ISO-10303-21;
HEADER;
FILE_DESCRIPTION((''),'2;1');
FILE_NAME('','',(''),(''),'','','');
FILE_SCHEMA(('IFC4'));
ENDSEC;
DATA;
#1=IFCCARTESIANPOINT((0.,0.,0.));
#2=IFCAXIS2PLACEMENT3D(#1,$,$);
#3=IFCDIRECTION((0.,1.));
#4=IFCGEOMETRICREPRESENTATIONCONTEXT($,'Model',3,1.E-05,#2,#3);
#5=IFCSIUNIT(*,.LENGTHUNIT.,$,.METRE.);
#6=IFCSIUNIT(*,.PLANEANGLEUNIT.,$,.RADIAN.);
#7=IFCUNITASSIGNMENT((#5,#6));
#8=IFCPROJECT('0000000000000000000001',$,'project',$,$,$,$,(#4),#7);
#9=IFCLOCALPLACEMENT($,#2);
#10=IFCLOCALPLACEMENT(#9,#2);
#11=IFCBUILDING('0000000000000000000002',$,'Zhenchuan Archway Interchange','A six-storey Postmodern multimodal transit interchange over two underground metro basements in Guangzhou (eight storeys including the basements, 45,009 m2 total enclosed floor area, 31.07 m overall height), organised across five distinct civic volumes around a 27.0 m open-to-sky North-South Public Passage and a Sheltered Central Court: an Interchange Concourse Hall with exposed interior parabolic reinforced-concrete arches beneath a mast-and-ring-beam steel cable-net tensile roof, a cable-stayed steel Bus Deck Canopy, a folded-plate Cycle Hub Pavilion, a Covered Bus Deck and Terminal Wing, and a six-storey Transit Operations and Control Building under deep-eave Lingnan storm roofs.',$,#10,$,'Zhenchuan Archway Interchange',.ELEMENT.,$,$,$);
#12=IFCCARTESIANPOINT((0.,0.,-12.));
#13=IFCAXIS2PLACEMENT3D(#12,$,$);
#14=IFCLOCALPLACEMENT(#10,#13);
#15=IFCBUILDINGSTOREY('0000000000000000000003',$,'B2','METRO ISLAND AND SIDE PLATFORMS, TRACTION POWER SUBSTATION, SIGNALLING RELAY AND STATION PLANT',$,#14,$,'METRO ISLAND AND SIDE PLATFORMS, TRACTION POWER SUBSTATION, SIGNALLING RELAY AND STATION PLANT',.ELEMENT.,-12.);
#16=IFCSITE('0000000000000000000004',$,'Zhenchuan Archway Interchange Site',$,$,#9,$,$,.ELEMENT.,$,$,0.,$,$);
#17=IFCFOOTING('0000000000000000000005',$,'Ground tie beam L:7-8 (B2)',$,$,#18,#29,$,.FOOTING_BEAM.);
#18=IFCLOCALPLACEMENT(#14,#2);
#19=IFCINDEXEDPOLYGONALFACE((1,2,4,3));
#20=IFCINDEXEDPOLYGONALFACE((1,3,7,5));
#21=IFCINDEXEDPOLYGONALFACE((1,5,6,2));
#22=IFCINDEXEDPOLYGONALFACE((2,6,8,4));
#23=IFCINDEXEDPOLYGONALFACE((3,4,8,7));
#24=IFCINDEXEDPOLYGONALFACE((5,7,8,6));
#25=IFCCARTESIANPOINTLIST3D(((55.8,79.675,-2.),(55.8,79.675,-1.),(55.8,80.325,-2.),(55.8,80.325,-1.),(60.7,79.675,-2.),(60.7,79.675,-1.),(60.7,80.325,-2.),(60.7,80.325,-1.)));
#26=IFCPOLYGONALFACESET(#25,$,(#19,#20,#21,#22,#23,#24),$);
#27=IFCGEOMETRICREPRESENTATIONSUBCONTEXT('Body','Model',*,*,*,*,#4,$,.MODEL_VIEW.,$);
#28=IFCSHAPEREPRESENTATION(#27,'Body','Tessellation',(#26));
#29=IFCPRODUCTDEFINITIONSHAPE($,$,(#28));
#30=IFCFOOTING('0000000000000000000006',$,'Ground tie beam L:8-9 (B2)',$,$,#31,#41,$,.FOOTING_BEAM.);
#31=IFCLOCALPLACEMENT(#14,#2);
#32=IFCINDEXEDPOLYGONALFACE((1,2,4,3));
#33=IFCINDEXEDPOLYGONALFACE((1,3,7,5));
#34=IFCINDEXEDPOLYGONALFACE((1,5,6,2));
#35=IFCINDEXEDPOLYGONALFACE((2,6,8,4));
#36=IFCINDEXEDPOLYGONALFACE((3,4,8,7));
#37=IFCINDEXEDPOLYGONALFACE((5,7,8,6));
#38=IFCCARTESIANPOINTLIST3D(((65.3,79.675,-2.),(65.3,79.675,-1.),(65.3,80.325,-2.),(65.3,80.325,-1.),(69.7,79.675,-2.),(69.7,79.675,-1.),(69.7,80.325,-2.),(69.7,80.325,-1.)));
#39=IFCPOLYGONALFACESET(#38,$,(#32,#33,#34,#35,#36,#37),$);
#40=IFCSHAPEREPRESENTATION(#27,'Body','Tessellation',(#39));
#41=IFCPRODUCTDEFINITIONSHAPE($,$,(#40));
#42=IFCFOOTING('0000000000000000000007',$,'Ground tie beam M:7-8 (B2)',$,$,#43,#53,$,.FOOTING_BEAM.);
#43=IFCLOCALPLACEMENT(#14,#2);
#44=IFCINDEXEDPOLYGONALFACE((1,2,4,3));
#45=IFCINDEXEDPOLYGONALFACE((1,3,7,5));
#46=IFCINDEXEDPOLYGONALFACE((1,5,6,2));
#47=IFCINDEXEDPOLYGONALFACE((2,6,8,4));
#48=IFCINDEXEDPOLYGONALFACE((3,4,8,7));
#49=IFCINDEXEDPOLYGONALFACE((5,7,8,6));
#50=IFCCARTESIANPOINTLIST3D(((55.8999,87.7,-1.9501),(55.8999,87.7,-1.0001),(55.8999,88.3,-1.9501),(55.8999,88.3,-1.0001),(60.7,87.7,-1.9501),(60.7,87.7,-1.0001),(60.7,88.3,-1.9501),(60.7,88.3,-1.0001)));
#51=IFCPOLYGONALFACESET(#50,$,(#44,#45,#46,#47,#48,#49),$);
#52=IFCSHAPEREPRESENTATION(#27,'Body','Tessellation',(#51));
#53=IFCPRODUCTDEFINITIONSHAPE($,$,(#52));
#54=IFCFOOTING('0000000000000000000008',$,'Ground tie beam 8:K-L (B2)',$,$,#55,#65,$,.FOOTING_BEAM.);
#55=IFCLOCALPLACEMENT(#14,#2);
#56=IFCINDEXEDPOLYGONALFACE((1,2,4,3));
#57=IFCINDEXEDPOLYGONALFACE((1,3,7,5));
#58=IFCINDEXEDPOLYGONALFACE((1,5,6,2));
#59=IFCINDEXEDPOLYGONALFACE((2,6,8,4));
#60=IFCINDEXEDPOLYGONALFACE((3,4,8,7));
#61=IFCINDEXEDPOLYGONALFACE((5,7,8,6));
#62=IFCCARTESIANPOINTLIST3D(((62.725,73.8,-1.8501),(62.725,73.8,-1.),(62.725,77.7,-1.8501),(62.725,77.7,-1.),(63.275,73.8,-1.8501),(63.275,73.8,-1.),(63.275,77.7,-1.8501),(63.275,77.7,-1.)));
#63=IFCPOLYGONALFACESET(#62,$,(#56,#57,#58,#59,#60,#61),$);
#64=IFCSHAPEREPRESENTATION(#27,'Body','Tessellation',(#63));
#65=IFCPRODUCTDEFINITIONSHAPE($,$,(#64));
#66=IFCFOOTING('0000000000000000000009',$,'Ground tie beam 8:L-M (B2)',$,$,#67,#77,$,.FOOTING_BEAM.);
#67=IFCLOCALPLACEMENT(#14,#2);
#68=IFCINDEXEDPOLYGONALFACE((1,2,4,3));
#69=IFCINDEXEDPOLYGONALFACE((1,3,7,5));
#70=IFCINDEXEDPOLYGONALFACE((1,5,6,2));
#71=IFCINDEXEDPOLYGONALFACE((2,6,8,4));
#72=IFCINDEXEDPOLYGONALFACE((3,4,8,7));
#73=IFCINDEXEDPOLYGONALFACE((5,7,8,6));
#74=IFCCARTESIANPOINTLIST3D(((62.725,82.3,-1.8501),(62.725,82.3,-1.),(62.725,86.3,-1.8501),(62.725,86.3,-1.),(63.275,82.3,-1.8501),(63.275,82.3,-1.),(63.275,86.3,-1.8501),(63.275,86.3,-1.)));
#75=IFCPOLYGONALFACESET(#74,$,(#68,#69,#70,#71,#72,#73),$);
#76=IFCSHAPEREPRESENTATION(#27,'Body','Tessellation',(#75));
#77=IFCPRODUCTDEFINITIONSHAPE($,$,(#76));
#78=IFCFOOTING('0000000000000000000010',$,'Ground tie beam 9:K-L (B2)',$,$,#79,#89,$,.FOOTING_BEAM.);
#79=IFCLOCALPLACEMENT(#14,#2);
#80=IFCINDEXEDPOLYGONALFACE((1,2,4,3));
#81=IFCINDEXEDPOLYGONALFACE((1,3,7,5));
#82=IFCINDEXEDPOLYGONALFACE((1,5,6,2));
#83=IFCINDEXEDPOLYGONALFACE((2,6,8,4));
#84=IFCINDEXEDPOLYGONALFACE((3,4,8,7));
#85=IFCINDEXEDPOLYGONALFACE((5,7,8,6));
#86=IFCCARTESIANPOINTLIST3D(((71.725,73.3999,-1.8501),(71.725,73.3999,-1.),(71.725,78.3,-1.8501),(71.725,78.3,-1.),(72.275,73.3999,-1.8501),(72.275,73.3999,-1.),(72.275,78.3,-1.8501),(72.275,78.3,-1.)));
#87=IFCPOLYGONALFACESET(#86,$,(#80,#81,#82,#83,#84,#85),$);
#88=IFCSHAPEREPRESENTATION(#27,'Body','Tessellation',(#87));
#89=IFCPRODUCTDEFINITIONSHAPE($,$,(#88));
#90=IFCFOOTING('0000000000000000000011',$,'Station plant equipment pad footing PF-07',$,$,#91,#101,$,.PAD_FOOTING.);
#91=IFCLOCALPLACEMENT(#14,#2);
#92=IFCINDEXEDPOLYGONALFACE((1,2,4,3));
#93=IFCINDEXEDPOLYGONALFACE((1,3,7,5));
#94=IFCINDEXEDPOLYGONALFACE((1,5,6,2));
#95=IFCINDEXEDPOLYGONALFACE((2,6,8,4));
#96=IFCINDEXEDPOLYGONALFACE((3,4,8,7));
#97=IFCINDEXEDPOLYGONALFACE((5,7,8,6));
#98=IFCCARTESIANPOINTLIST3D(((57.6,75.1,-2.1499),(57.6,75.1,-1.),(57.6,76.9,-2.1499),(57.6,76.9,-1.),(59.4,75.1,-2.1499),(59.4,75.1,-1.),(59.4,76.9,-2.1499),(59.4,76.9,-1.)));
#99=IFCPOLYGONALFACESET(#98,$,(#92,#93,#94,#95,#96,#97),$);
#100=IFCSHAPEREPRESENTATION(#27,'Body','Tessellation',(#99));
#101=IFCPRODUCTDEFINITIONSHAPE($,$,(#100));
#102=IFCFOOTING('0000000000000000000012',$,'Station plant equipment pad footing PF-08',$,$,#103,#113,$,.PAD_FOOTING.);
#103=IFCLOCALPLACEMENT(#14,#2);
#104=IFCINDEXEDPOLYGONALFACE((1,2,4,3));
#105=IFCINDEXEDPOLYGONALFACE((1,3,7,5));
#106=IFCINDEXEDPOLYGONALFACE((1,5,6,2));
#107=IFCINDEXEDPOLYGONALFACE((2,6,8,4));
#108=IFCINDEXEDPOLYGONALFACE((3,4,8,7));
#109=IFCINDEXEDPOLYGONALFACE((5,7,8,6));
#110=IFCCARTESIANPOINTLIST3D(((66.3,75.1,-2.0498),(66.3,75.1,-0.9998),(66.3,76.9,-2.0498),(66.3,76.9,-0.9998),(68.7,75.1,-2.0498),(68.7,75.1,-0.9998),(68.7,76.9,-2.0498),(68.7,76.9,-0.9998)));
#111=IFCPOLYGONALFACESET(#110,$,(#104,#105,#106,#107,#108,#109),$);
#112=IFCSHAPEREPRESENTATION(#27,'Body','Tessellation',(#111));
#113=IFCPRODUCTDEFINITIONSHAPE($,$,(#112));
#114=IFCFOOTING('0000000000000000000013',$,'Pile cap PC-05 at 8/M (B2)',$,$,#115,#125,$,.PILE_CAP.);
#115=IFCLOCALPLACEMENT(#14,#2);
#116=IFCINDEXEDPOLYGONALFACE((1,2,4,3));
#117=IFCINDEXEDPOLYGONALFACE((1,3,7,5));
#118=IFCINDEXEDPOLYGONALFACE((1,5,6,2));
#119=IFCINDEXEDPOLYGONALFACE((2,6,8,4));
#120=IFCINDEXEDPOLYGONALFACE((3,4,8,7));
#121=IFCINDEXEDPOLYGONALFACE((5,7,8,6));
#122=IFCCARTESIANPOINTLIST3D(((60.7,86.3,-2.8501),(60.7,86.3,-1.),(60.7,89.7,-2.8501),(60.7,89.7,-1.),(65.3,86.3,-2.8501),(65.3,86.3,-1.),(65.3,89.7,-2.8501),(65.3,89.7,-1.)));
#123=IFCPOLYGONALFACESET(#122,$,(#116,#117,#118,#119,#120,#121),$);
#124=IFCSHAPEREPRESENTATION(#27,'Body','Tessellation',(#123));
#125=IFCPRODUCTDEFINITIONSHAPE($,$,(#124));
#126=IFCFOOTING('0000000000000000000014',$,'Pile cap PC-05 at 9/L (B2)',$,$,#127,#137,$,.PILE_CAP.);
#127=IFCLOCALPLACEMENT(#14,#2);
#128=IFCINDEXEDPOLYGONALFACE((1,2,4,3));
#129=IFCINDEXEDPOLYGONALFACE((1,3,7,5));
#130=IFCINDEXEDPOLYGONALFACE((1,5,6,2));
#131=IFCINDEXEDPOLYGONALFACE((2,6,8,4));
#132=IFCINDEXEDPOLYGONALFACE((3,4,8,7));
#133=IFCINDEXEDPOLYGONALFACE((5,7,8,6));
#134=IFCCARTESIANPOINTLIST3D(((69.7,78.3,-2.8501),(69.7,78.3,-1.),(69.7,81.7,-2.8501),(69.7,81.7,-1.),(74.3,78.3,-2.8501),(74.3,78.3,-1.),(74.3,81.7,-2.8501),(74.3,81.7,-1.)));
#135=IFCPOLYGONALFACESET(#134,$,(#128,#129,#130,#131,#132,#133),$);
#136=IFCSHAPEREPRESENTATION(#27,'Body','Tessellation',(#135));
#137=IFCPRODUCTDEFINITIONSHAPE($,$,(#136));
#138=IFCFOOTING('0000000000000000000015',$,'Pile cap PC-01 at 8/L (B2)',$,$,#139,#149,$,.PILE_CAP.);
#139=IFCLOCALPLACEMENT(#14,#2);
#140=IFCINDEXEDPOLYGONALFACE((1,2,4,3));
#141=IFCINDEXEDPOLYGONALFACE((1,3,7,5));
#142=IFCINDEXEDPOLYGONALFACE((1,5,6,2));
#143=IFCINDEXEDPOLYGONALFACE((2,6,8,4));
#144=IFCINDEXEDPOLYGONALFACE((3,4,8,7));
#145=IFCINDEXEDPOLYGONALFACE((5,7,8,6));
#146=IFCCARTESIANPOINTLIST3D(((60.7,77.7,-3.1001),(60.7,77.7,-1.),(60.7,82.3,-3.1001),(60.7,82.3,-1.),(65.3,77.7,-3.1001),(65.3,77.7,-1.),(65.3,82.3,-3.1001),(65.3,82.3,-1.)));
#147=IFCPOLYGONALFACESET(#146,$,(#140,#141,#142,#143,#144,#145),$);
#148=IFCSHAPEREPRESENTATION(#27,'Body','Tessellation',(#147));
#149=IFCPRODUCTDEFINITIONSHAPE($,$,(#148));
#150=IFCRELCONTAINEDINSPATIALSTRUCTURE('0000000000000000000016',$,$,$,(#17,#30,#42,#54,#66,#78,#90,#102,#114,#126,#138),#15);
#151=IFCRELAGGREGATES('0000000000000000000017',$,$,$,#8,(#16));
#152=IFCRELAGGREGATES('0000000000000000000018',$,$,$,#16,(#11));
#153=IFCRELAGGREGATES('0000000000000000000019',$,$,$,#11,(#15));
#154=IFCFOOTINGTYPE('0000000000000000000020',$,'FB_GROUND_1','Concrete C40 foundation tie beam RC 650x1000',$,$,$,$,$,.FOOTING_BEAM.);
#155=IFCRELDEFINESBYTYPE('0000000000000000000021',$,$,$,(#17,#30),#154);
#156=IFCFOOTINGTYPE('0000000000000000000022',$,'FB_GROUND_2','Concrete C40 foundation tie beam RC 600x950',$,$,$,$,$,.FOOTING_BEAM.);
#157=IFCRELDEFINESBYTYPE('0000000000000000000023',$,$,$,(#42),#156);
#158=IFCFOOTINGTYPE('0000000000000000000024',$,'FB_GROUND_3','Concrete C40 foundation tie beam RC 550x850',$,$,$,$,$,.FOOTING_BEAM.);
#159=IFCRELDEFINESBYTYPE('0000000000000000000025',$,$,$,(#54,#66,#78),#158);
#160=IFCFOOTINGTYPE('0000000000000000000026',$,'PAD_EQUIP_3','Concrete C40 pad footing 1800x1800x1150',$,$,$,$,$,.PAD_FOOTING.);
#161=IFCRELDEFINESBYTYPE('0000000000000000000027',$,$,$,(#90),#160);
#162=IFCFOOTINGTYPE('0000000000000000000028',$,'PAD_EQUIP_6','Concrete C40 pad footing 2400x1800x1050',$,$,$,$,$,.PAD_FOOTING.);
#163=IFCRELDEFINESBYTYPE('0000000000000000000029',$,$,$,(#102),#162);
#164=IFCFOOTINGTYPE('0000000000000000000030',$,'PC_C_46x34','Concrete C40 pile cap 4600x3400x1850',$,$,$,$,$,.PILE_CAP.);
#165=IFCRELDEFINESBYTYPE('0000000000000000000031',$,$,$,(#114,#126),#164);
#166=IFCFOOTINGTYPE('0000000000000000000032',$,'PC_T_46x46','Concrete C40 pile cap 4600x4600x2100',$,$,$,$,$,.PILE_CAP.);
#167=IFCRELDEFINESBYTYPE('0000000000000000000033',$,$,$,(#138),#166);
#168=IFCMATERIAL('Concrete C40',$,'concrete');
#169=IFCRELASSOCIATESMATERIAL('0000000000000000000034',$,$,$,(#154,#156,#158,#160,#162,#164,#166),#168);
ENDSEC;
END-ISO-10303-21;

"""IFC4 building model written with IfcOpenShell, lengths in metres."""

from ifc_helpers import new_model, si_unit, direction, frame, origin, origin_2d, place, context, subcontext, project, spatial, rectangle, extrude, material, material_profile, profile_set, type_object, element, save


model = new_model("IFC4")

# Units and contexts
model_context = context("Model", 3, precision=1e-05, world=origin(), true_north=direction((0.0, 1.0)))
body_context = subcontext(model_context, "Body", "Model", "MODEL_VIEW")
ifc_project = project(units=[si_unit("LENGTHUNIT", "METRE"), si_unit("PLANEANGLEUNIT", "RADIAN")], contexts=[model_context])

# Site, building, storey
site_placement = place(None, origin())
site = spatial("IfcSite", under=ifc_project, at=site_placement, Name="Zhenchuan Archway Interchange Site", CompositionType="ELEMENT", RefElevation=0.0)
building_placement = place(site_placement, origin())
building = spatial("IfcBuilding", under=site, at=building_placement, Name="Zhenchuan Archway Interchange", Description="A six-storey Postmodern multimodal transit interchange over two underground metro basements in Guangzhou (eight storeys including the basements, 45,009 m2 total enclosed floor area, 31.07 m overall height), organised across five distinct civic volumes around a 27.0 m open-to-sky North-South Public Passage and a Sheltered Central Court: an Interchange Concourse Hall with exposed interior parabolic reinforced-concrete arches beneath a mast-and-ring-beam steel cable-net tensile roof, a cable-stayed steel Bus Deck Canopy, a folded-plate Cycle Hub Pavilion, a Covered Bus Deck and Terminal Wing, and a six-storey Transit Operations and Control Building under deep-eave Lingnan storm roofs.", LongName="Zhenchuan Archway Interchange", CompositionType="ELEMENT")
storey_placement = place(building_placement, frame((0.0, 0.0, -12.0)))
storey = spatial("IfcBuildingStorey", under=building, at=storey_placement, Name="B2", Description="METRO ISLAND AND SIDE PLATFORMS, TRACTION POWER SUBSTATION, SIGNALLING RELAY AND STATION PLANT", LongName="METRO ISLAND AND SIDE PLATFORMS, TRACTION POWER SUBSTATION, SIGNALLING RELAY AND STATION PLANT", CompositionType="ELEMENT", Elevation=-12.0)

# Footings
ifc_material_1 = material(Name="Concrete C40", Category="concrete")
ifc_material_profile_1 = material_profile(ifc_material_1, rectangle(XDim=0.6499, YDim=1.0, at=origin_2d()), Name="RC 650x1000")
ifc_profile_set_1 = profile_set([ifc_material_profile_1], Name="Concrete C40")
footing_type_1 = type_object("IfcFootingType", Name="FB_GROUND_1", Description="Concrete C40 foundation tie beam RC 650x1000", PredefinedType="FOOTING_BEAM", material=ifc_profile_set_1)
footing_1_placement = place(storey_placement, frame((55.8, 80.0, -1.5), z_axis=(1.0, 0.0, 0.0), x_axis=(0.0, 1.0, 0.0)))
element("IfcFooting", 1, at=footing_1_placement, inside=storey, type_object=footing_type_1, Name="Ground tie beam L:7-8 (B2)", PredefinedType="FOOTING_BEAM", context=body_context, shape_type="SweptSolid", body=[
    extrude(rectangle(XDim=0.6499, YDim=1.0, at=origin_2d()), origin(), (0.0, 0.0, 1.0), 4.8999),
])
footing_2_placement = place(storey_placement, frame((65.3, 80.0, -1.5), z_axis=(1.0, 0.0, 0.0), x_axis=(0.0, 1.0, 0.0)))
element("IfcFooting", 2, at=footing_2_placement, inside=storey, type_object=footing_type_1, Name="Ground tie beam L:8-9 (B2)", PredefinedType="FOOTING_BEAM", context=body_context, shape_type="SweptSolid", body=[
    extrude(rectangle(XDim=0.6499, YDim=1.0, at=origin_2d()), origin(), (0.0, 0.0, 1.0), 4.3999),
])
ifc_material_profile_2 = material_profile(ifc_material_1, rectangle(XDim=0.6001, YDim=0.95, at=origin_2d()), Name="RC 600x950")
ifc_profile_set_2 = profile_set([ifc_material_profile_2], Name="Concrete C40")
footing_type_2 = type_object("IfcFootingType", Name="FB_GROUND_2", Description="Concrete C40 foundation tie beam RC 600x950", PredefinedType="FOOTING_BEAM", material=ifc_profile_set_2)
footing_3_placement = place(storey_placement, frame((55.8999, 88.0, -1.4751), z_axis=(1.0, 0.0, 0.0), x_axis=(0.0, 1.0, 0.0)))
element("IfcFooting", 3, at=footing_3_placement, inside=storey, type_object=footing_type_2, Name="Ground tie beam M:7-8 (B2)", PredefinedType="FOOTING_BEAM", context=body_context, shape_type="SweptSolid", body=[
    extrude(rectangle(XDim=0.6001, YDim=0.95, at=origin_2d()), origin(), (0.0, 0.0, 1.0), 4.8),
])
ifc_material_profile_3 = material_profile(ifc_material_1, rectangle(XDim=0.55, YDim=0.8501, at=origin_2d()), Name="RC 550x850")
ifc_profile_set_3 = profile_set([ifc_material_profile_3], Name="Concrete C40")
footing_type_3 = type_object("IfcFootingType", Name="FB_GROUND_3", Description="Concrete C40 foundation tie beam RC 550x850", PredefinedType="FOOTING_BEAM", material=ifc_profile_set_3)
footing_4_placement = place(storey_placement, frame((63.0, 73.8, -1.425), z_axis=(0.0, 1.0, 0.0), x_axis=(-1.0, 0.0, 0.0)))
element("IfcFooting", 4, at=footing_4_placement, inside=storey, type_object=footing_type_3, Name="Ground tie beam 8:K-L (B2)", PredefinedType="FOOTING_BEAM", context=body_context, shape_type="SweptSolid", body=[
    extrude(rectangle(XDim=0.55, YDim=0.8501, at=origin_2d()), origin(), (0.0, 0.0, 1.0), 3.8999),
])
footing_5_placement = place(storey_placement, frame((63.0, 82.3, -1.425), z_axis=(0.0, 1.0, 0.0), x_axis=(-1.0, 0.0, 0.0)))
element("IfcFooting", 5, at=footing_5_placement, inside=storey, type_object=footing_type_3, Name="Ground tie beam 8:L-M (B2)", PredefinedType="FOOTING_BEAM", context=body_context, shape_type="SweptSolid", body=[
    extrude(rectangle(XDim=0.55, YDim=0.8501, at=origin_2d()), origin(), (0.0, 0.0, 1.0), 4.0),
])
footing_6_placement = place(storey_placement, frame((72.0, 73.3999, -1.425), z_axis=(0.0, 1.0, 0.0), x_axis=(-1.0, 0.0, 0.0)))
element("IfcFooting", 6, at=footing_6_placement, inside=storey, type_object=footing_type_3, Name="Ground tie beam 9:K-L (B2)", PredefinedType="FOOTING_BEAM", context=body_context, shape_type="SweptSolid", body=[
    extrude(rectangle(XDim=0.55, YDim=0.8501, at=origin_2d()), origin(), (0.0, 0.0, 1.0), 4.9001),
])
footing_type_4 = type_object("IfcFootingType", Name="PAD_EQUIP_3", Description="Concrete C40 pad footing 1800x1800x1150", PredefinedType="PAD_FOOTING", material=ifc_material_1)
footing_7_placement = place(storey_placement, frame((58.5, 76.0, -2.1499), z_axis=(0.0, 0.0, 1.0), x_axis=(1.0, 0.0, 0.0)))
element("IfcFooting", 7, at=footing_7_placement, inside=storey, type_object=footing_type_4, Name="Station plant equipment pad footing PF-07", PredefinedType="PAD_FOOTING", context=body_context, shape_type="SweptSolid", body=[
    extrude(rectangle(XDim=1.8, YDim=1.8, at=origin_2d()), origin(), (0.0, 0.0, 1.0), 1.1499),
])
footing_type_5 = type_object("IfcFootingType", Name="PAD_EQUIP_6", Description="Concrete C40 pad footing 2400x1800x1050", PredefinedType="PAD_FOOTING", material=ifc_material_1)
footing_8_placement = place(storey_placement, frame((67.5, 76.0, -2.0498), z_axis=(0.0, 0.0, 1.0), x_axis=(1.0, 0.0, 0.0)))
element("IfcFooting", 8, at=footing_8_placement, inside=storey, type_object=footing_type_5, Name="Station plant equipment pad footing PF-08", PredefinedType="PAD_FOOTING", context=body_context, shape_type="SweptSolid", body=[
    extrude(rectangle(XDim=2.3999, YDim=1.8, at=origin_2d()), origin(), (0.0, 0.0, 1.0), 1.05),
])
footing_type_6 = type_object("IfcFootingType", Name="PC_C_46x34", Description="Concrete C40 pile cap 4600x3400x1850", PredefinedType="PILE_CAP", material=ifc_material_1)
for number, where, z_axis, x_axis, name in (
    (9, (63.0, 88.0, -2.8501), (0.0, 0.0, 1.0), (1.0, 0.0, 0.0), "Pile cap PC-05 at 8/M (B2)"),
    (10, (72.0, 80.0, -2.8501), (0.0, 0.0, 1.0), (1.0, 0.0, 0.0), "Pile cap PC-05 at 9/L (B2)"),
):
    element("IfcFooting", number, at=place(storey_placement, frame(where, z_axis=z_axis, x_axis=x_axis)), inside=storey, type_object=footing_type_6, Name=name, PredefinedType="PILE_CAP", context=body_context, shape_type="SweptSolid", body=[
        extrude(rectangle(XDim=4.6001, YDim=3.3999, at=origin_2d()), origin(), (0.0, 0.0, 1.0), 1.8501),
    ])
footing_type_7 = type_object("IfcFootingType", Name="PC_T_46x46", Description="Concrete C40 pile cap 4600x4600x2100", PredefinedType="PILE_CAP", material=ifc_material_1)
footing_9_placement = place(storey_placement, frame((63.0, 80.0, -3.1001), z_axis=(0.0, 0.0, 1.0), x_axis=(1.0, 0.0, 0.0)))
element("IfcFooting", 11, at=footing_9_placement, inside=storey, type_object=footing_type_7, Name="Pile cap PC-01 at 8/L (B2)", PredefinedType="PILE_CAP", context=body_context, shape_type="SweptSolid", body=[
    extrude(rectangle(XDim=4.6001, YDim=4.6001, at=origin_2d()), origin(), (0.0, 0.0, 1.0), 2.1001),
])

save(model, "model.ifc")
